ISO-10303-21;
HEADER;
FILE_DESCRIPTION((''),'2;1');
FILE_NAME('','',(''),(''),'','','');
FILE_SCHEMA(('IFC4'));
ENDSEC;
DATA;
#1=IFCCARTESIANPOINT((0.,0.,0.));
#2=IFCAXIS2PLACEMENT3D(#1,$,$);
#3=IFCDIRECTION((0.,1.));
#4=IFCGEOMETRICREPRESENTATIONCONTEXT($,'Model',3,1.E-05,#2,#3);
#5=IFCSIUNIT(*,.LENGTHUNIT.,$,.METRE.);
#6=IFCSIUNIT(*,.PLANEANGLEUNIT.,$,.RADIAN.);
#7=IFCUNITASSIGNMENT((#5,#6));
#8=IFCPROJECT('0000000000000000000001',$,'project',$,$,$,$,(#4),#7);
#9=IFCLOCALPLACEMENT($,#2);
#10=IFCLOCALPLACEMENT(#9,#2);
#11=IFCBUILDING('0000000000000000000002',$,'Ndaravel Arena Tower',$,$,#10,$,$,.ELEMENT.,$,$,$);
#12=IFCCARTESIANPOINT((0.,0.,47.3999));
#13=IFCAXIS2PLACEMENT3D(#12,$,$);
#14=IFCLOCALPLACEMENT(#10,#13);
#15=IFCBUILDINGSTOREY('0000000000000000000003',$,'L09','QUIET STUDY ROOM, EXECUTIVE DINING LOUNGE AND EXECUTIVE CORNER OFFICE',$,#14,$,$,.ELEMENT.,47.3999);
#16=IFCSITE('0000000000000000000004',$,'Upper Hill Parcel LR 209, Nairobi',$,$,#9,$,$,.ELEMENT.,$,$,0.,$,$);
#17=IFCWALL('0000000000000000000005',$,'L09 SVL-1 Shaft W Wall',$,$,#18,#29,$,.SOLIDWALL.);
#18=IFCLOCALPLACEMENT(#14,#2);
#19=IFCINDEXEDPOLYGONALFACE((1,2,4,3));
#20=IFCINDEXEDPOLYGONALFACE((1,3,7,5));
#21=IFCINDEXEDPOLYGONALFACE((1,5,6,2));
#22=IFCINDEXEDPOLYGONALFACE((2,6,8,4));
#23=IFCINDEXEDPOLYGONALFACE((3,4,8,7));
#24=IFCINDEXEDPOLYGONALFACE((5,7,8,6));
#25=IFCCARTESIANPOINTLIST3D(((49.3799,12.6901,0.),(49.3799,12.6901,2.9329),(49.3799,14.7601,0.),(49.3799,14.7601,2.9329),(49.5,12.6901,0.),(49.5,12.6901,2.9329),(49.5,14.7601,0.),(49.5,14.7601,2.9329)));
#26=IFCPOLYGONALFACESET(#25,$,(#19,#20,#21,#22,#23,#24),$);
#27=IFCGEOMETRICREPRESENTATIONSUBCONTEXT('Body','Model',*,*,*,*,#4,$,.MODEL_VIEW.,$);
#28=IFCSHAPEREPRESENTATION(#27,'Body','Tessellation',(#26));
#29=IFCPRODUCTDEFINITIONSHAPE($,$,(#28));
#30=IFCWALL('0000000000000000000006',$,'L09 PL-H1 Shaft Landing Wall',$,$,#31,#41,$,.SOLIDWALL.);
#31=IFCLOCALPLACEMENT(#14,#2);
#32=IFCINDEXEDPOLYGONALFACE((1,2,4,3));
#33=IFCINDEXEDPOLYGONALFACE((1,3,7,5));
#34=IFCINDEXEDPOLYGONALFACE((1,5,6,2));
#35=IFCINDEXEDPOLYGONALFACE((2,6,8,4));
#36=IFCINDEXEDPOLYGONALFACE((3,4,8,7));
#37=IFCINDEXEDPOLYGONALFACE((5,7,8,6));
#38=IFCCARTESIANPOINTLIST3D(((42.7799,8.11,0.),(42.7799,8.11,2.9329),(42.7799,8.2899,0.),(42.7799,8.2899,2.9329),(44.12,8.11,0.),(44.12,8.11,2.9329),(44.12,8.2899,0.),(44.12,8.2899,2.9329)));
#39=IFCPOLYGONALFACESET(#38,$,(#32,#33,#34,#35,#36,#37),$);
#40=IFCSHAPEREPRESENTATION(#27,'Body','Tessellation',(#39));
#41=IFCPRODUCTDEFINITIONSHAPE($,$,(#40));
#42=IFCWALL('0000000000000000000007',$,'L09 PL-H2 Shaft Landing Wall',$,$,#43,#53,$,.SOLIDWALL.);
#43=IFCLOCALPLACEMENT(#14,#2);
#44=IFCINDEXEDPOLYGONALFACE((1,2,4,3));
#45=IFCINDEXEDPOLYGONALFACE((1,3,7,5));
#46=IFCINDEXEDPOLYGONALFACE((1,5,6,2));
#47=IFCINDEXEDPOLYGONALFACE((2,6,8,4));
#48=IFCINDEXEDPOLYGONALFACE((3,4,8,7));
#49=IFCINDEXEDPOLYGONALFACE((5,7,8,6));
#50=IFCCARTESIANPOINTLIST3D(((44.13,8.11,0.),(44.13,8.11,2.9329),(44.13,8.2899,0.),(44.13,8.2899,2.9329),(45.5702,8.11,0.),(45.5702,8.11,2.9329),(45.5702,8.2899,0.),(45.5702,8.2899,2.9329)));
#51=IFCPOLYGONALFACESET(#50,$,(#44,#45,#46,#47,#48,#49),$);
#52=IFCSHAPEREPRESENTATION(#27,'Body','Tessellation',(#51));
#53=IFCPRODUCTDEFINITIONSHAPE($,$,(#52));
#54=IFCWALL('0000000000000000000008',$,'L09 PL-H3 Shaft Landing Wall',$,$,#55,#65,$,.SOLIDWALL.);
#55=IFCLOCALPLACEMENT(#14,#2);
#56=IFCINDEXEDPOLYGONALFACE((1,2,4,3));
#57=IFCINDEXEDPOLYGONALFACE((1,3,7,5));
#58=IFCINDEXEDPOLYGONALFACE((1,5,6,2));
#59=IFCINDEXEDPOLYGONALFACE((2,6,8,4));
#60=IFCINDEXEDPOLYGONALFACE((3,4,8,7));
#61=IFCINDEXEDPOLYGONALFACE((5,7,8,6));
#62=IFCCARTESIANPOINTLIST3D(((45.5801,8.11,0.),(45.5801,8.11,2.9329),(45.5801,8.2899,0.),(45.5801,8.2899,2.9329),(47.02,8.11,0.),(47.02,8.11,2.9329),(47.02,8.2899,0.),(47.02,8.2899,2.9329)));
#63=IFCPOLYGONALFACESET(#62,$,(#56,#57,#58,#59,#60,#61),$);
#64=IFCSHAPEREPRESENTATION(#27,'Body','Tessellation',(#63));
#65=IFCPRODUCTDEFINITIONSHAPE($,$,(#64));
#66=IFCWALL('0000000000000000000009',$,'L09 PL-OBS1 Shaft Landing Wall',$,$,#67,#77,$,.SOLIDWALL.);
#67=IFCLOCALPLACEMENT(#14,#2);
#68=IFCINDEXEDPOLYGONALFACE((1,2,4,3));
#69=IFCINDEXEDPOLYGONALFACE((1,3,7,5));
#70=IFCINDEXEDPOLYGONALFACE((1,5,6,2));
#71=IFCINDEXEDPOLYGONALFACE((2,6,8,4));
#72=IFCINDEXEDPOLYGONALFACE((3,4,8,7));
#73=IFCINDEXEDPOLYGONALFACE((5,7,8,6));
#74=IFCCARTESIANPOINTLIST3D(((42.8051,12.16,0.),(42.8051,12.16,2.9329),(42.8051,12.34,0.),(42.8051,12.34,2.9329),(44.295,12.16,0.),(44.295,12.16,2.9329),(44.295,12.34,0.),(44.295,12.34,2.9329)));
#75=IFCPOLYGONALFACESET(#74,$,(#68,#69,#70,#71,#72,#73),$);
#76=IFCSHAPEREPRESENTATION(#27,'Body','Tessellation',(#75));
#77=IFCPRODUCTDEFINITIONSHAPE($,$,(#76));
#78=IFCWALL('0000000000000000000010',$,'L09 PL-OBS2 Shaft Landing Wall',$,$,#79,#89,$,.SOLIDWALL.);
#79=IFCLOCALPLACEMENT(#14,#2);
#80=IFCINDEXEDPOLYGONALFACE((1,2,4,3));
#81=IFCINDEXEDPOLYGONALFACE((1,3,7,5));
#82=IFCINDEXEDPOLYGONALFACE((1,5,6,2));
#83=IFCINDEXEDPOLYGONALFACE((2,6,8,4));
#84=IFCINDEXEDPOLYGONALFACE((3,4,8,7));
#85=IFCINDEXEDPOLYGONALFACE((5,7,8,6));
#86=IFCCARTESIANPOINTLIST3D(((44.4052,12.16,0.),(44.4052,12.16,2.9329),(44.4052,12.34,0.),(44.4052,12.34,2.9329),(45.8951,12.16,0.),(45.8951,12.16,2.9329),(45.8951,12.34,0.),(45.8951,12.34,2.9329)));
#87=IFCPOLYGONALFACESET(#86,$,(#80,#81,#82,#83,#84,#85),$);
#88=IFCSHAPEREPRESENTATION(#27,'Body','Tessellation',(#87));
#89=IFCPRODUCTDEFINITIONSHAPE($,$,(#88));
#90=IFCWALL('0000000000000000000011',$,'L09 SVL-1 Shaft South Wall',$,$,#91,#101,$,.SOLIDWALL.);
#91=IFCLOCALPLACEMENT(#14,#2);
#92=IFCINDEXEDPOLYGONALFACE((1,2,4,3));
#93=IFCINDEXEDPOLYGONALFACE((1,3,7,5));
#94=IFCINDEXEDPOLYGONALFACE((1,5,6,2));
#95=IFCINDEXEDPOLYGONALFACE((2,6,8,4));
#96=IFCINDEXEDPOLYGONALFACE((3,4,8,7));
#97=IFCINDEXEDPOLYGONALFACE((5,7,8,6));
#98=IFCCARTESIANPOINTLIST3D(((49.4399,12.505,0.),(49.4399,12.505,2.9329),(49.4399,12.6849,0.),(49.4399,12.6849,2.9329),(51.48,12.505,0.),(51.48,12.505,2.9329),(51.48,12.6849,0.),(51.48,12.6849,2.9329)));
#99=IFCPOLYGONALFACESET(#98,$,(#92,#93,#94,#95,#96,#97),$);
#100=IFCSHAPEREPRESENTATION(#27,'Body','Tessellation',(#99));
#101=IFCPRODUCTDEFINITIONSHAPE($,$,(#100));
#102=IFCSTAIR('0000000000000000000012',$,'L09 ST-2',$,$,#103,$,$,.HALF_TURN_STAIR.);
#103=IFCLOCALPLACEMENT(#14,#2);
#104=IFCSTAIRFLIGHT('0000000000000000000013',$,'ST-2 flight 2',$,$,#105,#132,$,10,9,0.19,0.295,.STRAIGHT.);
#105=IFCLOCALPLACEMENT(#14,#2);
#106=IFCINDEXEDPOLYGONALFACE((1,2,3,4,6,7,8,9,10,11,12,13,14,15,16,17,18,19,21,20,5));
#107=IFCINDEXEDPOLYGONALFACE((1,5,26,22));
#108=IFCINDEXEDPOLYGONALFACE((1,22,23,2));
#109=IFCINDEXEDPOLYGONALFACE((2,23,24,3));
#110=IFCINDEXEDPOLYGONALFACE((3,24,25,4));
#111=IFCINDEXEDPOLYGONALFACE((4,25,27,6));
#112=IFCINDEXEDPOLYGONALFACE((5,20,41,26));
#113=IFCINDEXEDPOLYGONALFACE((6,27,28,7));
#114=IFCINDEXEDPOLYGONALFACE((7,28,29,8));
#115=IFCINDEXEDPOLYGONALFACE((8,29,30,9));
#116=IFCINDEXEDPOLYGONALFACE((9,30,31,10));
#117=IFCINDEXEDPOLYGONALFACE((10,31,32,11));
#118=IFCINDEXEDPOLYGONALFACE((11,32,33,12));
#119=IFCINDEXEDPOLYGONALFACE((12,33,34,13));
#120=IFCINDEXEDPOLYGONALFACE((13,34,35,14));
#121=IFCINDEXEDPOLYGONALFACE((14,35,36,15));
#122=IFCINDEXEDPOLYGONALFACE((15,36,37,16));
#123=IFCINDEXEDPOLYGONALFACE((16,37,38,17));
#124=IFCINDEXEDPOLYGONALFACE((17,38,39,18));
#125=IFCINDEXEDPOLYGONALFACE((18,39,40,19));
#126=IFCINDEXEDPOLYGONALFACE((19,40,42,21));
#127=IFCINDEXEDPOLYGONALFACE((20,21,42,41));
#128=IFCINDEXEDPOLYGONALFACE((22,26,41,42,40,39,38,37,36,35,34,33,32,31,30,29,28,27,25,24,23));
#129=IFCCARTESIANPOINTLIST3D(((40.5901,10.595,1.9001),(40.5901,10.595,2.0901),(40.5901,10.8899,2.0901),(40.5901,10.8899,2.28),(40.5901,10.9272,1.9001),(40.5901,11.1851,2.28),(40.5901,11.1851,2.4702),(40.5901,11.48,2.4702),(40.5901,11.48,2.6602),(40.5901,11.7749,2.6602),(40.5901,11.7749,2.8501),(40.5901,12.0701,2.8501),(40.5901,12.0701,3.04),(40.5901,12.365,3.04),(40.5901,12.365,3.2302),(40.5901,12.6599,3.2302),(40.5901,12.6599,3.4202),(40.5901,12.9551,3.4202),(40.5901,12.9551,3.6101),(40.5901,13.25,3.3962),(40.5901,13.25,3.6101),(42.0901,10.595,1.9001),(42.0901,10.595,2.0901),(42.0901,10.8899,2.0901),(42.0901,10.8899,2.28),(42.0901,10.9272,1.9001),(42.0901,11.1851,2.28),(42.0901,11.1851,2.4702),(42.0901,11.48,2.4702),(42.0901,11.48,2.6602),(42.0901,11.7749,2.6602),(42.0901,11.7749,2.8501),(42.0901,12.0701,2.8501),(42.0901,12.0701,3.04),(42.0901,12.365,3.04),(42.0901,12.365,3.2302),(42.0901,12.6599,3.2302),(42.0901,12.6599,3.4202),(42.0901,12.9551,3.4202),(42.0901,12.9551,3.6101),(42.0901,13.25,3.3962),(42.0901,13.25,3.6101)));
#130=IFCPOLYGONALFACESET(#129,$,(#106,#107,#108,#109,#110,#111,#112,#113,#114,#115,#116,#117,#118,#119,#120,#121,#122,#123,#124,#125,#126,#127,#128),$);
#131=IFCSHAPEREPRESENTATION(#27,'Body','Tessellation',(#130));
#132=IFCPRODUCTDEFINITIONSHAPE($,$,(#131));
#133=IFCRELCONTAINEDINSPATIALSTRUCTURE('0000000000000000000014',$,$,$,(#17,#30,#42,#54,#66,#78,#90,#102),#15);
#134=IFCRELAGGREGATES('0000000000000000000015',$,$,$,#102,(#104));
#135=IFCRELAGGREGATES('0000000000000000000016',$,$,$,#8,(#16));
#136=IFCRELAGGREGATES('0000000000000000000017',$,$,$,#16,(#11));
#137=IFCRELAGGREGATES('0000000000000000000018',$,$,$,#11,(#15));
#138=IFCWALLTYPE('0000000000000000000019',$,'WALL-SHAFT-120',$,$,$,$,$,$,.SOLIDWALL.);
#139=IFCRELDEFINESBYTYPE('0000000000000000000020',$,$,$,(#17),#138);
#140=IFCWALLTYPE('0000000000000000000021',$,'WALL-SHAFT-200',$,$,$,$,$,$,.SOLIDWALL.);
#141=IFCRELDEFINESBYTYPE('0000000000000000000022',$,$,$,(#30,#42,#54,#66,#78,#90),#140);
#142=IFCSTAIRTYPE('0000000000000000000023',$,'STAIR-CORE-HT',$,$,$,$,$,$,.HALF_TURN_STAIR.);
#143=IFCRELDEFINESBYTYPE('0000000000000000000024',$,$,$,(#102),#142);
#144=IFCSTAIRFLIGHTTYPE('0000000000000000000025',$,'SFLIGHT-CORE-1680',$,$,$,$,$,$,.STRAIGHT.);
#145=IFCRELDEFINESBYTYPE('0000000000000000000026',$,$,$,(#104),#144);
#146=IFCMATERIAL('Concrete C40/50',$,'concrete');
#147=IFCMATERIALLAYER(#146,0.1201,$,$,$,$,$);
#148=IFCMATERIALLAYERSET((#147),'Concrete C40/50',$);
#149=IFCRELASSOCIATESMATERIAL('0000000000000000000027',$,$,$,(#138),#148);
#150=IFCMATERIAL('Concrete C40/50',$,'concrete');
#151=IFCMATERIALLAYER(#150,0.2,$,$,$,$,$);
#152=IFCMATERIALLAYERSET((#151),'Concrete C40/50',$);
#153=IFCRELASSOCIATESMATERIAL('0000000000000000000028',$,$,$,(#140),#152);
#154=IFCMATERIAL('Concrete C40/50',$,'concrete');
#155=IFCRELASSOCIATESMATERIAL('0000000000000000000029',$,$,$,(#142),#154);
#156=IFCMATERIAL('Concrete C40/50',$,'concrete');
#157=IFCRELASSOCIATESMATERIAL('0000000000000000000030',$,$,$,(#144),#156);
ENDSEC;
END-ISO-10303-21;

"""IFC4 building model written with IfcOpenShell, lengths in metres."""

from ifc_helpers import new_model, si_unit, direction, frame, frame_2d, origin, place, context, subcontext, project, spatial, polyline, rectangle, outline, extrude, material, layer, layer_set, type_object, element, aggregate, save


model = new_model("IFC4")

# Units and contexts
model_context = context("Model", 3, precision=1e-05, world=origin(), true_north=direction((0.0, 1.0)))
body_context = subcontext(model_context, "Body", "Model", "MODEL_VIEW")
ifc_project = project(units=[si_unit("LENGTHUNIT", "METRE"), si_unit("PLANEANGLEUNIT", "RADIAN")], contexts=[model_context])

# Site, building, storey
site_placement = place(None, origin())
site = spatial("IfcSite", under=ifc_project, at=site_placement, Name="Upper Hill Parcel LR 209, Nairobi", CompositionType="ELEMENT", RefElevation=0.0)
building_placement = place(site_placement, origin())
building = spatial("IfcBuilding", under=site, at=building_placement, Name="Ndaravel Arena Tower", CompositionType="ELEMENT")
storey_placement = place(building_placement, frame((0.0, 0.0, 47.3999)))
storey = spatial("IfcBuildingStorey", under=building, at=storey_placement, Name="L09", Description="QUIET STUDY ROOM, EXECUTIVE DINING LOUNGE AND EXECUTIVE CORNER OFFICE", CompositionType="ELEMENT", Elevation=47.3999)

# Walls
ifc_material_1 = material(Name="Concrete C40/50", Category="concrete")
ifc_layer_1 = layer(ifc_material_1, 0.1201)
ifc_layer_set_1 = layer_set([ifc_layer_1], Name="Concrete C40/50")
wall_type_1 = type_object("IfcWallType", Name="WALL-SHAFT-120", PredefinedType="SOLIDWALL", material=ifc_layer_set_1)
wall_1_placement = place(storey_placement, frame((49.4399, 12.6899, 0.0), z_axis=(0.0, 0.0, 1.0), x_axis=(0.0, 1.0, 0.0)))
element("IfcWall", 1, at=wall_1_placement, inside=storey, type_object=wall_type_1, Name="L09 SVL-1 Shaft W Wall", PredefinedType="SOLIDWALL", context=body_context, shape_type="SweptSolid", body=[
    extrude(rectangle(XDim=2.0701, YDim=0.1201, at=frame_2d((1.0352, 0.0))), origin(), (0.0, 0.0, 1.0), 2.9329),
])
ifc_material_2 = material(Name="Concrete C40/50", Category="concrete")
ifc_layer_2 = layer(ifc_material_2, 0.2)
ifc_layer_set_2 = layer_set([ifc_layer_2], Name="Concrete C40/50")
wall_type_2 = type_object("IfcWallType", Name="WALL-SHAFT-200", PredefinedType="SOLIDWALL", material=ifc_layer_set_2)
wall_2_placement = place(storey_placement, frame((42.78, 8.2, 0.0), z_axis=(0.0, 0.0, 1.0), x_axis=(1.0, 0.0, 0.0)))
element("IfcWall", 2, at=wall_2_placement, inside=storey, type_object=wall_type_2, Name="L09 PL-H1 Shaft Landing Wall", PredefinedType="SOLIDWALL", context=body_context, shape_type="SweptSolid", body=[
    extrude(rectangle(XDim=1.3401, YDim=0.1799, at=frame_2d((0.6699, 0.0))), origin(), (0.0, 0.0, 1.0), 2.9329),
])
wall_3_placement = place(storey_placement, frame((44.1299, 8.2, 0.0), z_axis=(0.0, 0.0, 1.0), x_axis=(1.0, 0.0, 0.0)))
element("IfcWall", 3, at=wall_3_placement, inside=storey, type_object=wall_type_2, Name="L09 PL-H2 Shaft Landing Wall", PredefinedType="SOLIDWALL", context=body_context, shape_type="SweptSolid", body=[
    extrude(rectangle(XDim=1.4402, YDim=0.1799, at=frame_2d((0.7202, 0.0))), origin(), (0.0, 0.0, 1.0), 2.9329),
])
wall_4_placement = place(storey_placement, frame((45.5801, 8.2, 0.0), z_axis=(0.0, 0.0, 1.0), x_axis=(1.0, 0.0, 0.0)))
element("IfcWall", 4, at=wall_4_placement, inside=storey, type_object=wall_type_2, Name="L09 PL-H3 Shaft Landing Wall", PredefinedType="SOLIDWALL", context=body_context, shape_type="SweptSolid", body=[
    extrude(rectangle(XDim=1.4399, YDim=0.1799, at=frame_2d((0.72, 0.0))), origin(), (0.0, 0.0, 1.0), 2.9329),
])
for number, where, z_axis, x_axis, name in (
    (5, (42.8049, 12.25, 0.0), (0.0, 0.0, 1.0), (1.0, 0.0, 0.0), "L09 PL-OBS1 Shaft Landing Wall"),
    (6, (44.405, 12.25, 0.0), (0.0, 0.0, 1.0), (1.0, 0.0, 0.0), "L09 PL-OBS2 Shaft Landing Wall"),
):
    element("IfcWall", number, at=place(storey_placement, frame(where, z_axis=z_axis, x_axis=x_axis)), inside=storey, type_object=wall_type_2, Name=name, PredefinedType="SOLIDWALL", context=body_context, shape_type="SweptSolid", body=[
        extrude(rectangle(XDim=1.49, YDim=0.1799, at=frame_2d((0.7451, 0.0))), origin(), (0.0, 0.0, 1.0), 2.9329),
    ])

# Wall
wall_5_placement = place(storey_placement, frame((49.4399, 12.595, 0.0), z_axis=(0.0, 0.0, 1.0), x_axis=(1.0, 0.0, 0.0)))
element("IfcWall", 7, at=wall_5_placement, inside=storey, type_object=wall_type_2, Name="L09 SVL-1 Shaft South Wall", PredefinedType="SOLIDWALL", context=body_context, shape_type="SweptSolid", body=[
    extrude(rectangle(XDim=2.04, YDim=0.1799, at=frame_2d((1.02, 0.0))), origin(), (0.0, 0.0, 1.0), 2.9329),
])

# Stair, stair flight
ifc_material_3 = material(Name="Concrete C40/50", Category="concrete")
stair_type = type_object("IfcStairType", Name="STAIR-CORE-HT", PredefinedType="HALF_TURN_STAIR", material=ifc_material_3)
stair_placement = place(storey_placement, origin())
stair = element("IfcStair", 8, at=stair_placement, inside=storey, type_object=stair_type, Name="L09 ST-2", PredefinedType="HALF_TURN_STAIR")
ifc_material_4 = material(Name="Concrete C40/50", Category="concrete")
stair_flight_type = type_object("IfcStairFlightType", Name="SFLIGHT-CORE-1680", PredefinedType="STRAIGHT", material=ifc_material_4)
stair_flight_placement = place(storey_placement, frame((41.3401, 10.595, 1.9001), z_axis=(0.0, 0.0, 1.0), x_axis=(0.0, 1.0, 0.0)))
stair_flight = element("IfcStairFlight", 9, at=stair_flight_placement, type_object=stair_flight_type, Name="ST-2 flight 2", NumberOfRisers=10, NumberOfTreads=9, PredefinedType="STRAIGHT", RiserHeight=0.19, TreadLength=0.295, context=body_context, shape_type="SweptSolid", body=[
    extrude(outline(polyline([(0.0, 0.0), (0.0, 0.1899), (0.2949, 0.1899), (0.2949, 0.3799), (0.5901, 0.3799), (0.5901, 0.5701), (0.885, 0.5701), (0.885, 0.76), (1.1799, 0.76), (1.1799, 0.95), (1.4751, 0.95), (1.4751, 1.1399), (1.77, 1.1399), (1.77, 1.3301), (2.0649, 1.3301), (2.0649, 1.52), (2.3601, 1.52), (2.3601, 1.71), (2.655, 1.71), (2.655, 1.8999), (2.655, 1.4961), (0.3323, 0.0), (0.0, 0.0)])), frame((0.0, 0.75, 0.0), z_axis=(0.0, -1.0, 0.0), x_axis=(1.0, 0.0, 0.0)), (0.0, 0.0, 1.0), 1.5),
])
aggregate(stair, [stair_flight])

save(model, "model.ifc")
